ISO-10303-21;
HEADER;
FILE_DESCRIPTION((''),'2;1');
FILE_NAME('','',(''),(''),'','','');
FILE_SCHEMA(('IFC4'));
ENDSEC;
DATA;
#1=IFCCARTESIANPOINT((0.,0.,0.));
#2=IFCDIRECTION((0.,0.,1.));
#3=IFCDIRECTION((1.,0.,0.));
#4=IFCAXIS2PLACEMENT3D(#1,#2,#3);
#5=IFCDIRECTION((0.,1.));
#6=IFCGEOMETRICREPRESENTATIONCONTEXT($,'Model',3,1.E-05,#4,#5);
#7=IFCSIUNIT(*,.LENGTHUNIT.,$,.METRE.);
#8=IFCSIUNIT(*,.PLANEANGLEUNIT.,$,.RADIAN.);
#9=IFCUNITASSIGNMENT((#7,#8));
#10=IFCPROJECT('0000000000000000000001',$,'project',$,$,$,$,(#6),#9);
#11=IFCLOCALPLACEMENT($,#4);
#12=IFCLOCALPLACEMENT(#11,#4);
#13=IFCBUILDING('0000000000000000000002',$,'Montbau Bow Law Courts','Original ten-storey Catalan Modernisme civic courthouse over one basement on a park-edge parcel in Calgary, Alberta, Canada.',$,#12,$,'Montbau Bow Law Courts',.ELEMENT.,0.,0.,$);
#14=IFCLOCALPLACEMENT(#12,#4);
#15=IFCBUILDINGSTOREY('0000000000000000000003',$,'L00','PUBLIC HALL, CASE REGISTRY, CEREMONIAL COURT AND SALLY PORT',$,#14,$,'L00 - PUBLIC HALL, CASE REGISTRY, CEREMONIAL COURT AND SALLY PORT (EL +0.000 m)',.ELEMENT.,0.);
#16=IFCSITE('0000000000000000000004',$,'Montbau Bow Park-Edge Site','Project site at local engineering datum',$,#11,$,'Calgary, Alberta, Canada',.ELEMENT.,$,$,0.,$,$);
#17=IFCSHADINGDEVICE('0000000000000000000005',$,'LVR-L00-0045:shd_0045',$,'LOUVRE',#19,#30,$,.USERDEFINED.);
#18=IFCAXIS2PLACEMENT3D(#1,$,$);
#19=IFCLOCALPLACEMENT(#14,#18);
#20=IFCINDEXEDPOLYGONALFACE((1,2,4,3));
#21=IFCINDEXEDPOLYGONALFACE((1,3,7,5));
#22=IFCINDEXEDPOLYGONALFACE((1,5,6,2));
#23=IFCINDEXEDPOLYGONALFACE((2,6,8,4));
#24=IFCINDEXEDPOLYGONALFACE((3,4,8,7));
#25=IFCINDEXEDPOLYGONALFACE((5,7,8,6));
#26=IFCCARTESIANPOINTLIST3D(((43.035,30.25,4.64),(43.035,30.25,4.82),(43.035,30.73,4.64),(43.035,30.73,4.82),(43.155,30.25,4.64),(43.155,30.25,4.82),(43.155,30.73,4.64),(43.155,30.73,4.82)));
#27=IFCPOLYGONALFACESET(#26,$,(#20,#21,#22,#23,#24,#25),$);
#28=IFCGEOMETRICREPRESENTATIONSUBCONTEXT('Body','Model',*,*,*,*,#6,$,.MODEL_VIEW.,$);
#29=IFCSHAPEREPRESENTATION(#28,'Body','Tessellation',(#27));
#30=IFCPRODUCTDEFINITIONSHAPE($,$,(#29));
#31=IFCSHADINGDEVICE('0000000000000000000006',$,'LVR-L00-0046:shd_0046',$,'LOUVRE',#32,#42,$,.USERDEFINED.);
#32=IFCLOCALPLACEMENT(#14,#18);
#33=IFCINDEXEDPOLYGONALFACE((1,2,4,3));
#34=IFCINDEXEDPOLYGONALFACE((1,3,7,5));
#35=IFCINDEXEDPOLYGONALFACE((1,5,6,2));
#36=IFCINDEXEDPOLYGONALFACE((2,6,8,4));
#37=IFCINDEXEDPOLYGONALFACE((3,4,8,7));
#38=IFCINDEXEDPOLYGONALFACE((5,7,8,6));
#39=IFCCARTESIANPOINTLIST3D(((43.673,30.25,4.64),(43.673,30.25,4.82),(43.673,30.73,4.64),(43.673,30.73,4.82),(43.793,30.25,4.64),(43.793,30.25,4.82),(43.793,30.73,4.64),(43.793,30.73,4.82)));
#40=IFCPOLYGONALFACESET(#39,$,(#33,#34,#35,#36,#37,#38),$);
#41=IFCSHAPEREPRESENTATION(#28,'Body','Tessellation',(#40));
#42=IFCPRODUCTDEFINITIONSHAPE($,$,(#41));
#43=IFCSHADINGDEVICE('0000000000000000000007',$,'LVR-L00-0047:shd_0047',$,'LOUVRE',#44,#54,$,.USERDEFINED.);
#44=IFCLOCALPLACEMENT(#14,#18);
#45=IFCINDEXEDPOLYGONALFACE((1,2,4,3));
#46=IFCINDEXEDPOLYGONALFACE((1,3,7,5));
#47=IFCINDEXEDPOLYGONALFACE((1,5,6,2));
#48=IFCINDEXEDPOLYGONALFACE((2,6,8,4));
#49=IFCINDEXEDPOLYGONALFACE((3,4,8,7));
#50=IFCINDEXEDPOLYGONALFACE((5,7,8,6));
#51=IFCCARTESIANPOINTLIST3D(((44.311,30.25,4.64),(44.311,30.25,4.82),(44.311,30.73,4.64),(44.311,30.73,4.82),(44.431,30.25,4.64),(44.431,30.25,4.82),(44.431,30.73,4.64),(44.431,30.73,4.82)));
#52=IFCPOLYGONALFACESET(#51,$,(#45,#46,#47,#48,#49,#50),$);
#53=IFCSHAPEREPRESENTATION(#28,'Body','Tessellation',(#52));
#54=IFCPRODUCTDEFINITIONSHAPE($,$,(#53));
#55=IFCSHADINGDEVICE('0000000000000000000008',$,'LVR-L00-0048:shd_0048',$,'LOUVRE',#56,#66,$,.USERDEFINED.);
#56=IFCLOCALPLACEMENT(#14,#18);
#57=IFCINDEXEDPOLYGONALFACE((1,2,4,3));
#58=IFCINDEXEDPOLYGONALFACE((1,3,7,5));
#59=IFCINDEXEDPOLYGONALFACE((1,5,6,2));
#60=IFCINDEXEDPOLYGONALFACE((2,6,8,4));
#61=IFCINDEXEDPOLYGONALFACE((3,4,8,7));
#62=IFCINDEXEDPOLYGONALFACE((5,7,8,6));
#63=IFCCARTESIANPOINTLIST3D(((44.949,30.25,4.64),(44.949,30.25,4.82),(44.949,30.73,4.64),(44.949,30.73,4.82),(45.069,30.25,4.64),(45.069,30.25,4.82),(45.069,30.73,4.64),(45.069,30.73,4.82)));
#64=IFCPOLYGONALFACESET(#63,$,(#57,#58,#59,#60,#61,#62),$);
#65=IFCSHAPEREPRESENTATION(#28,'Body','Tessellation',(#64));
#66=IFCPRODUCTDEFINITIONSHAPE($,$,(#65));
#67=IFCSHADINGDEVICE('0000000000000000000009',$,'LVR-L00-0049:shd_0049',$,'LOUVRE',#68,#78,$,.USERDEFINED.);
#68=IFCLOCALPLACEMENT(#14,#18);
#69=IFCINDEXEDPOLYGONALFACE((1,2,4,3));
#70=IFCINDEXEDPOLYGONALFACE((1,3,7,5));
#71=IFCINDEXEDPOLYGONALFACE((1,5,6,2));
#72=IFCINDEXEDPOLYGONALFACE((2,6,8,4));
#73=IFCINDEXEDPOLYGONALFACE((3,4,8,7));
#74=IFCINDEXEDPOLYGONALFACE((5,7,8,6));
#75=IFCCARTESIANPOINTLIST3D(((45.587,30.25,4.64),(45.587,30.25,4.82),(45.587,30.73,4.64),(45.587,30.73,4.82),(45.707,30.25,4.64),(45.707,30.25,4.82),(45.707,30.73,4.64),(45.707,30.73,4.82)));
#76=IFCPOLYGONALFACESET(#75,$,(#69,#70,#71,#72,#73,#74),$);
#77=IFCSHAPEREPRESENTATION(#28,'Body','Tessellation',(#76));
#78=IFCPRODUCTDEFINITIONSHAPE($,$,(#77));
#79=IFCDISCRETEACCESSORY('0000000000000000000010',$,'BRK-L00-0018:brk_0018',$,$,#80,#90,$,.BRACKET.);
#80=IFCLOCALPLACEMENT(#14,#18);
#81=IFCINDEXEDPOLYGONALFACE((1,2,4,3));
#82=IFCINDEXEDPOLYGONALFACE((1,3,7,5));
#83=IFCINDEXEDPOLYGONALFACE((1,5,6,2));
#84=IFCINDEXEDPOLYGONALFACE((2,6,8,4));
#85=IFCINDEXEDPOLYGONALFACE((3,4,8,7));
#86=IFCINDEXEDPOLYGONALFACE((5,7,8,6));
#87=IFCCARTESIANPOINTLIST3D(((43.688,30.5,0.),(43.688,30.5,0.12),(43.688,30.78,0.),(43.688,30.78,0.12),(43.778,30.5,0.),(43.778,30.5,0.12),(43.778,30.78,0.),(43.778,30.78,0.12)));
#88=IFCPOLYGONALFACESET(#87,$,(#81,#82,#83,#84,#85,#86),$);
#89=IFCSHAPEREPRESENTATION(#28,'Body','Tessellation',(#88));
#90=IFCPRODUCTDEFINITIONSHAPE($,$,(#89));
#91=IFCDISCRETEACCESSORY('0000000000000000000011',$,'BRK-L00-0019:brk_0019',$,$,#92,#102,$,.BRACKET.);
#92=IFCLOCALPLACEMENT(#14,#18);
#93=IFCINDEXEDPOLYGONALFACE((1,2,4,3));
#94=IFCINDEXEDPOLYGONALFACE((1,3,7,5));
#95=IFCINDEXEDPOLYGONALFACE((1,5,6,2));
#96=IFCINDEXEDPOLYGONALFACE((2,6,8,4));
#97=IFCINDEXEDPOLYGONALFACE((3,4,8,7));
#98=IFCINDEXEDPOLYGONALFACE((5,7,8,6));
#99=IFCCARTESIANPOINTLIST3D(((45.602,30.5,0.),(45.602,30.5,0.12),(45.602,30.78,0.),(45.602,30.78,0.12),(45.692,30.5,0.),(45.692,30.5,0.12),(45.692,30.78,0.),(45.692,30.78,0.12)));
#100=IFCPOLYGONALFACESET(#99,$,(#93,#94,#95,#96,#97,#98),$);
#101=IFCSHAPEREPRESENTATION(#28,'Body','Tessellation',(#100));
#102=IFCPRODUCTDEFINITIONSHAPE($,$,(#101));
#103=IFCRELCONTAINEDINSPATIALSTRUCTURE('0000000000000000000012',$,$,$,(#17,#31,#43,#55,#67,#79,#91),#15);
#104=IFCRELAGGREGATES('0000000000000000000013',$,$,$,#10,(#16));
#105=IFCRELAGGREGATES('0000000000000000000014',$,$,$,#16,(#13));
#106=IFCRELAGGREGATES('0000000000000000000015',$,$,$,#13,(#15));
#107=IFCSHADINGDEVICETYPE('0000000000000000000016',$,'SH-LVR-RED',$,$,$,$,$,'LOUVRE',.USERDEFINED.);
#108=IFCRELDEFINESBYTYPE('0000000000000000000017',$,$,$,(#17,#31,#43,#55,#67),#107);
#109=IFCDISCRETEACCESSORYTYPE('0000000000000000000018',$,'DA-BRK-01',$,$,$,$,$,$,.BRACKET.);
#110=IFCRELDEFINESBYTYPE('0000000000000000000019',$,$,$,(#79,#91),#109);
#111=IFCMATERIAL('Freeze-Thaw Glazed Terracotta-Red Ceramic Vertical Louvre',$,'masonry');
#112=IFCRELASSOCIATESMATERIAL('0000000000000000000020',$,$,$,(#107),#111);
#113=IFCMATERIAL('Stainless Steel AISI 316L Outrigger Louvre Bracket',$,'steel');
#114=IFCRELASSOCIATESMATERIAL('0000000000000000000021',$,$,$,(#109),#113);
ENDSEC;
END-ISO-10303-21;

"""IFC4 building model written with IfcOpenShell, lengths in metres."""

from ifc_helpers import new_model, si_unit, direction, frame, origin_with_axes, origin_2d_with_axis, place, context, subcontext, project, spatial, rectangle, extrude, material, type_object, element, save


model = new_model("IFC4")

# Units and contexts
model_context = context("Model", 3, precision=1e-05, world=origin_with_axes(), true_north=direction((0.0, 1.0)))
body_context = subcontext(model_context, "Body", "Model", "MODEL_VIEW")
ifc_project = project(units=[si_unit("LENGTHUNIT", "METRE"), si_unit("PLANEANGLEUNIT", "RADIAN")], contexts=[model_context])

# Site, building, storey
site_placement = place(None, origin_with_axes())
site = spatial("IfcSite", under=ifc_project, at=site_placement, Name="Montbau Bow Park-Edge Site", Description="Project site at local engineering datum", LongName="Calgary, Alberta, Canada", CompositionType="ELEMENT", RefElevation=0.0)
building_placement = place(site_placement, origin_with_axes())
building = spatial("IfcBuilding", under=site, at=building_placement, Name="Montbau Bow Law Courts", Description="Original ten-storey Catalan Modernisme civic courthouse over one basement on a park-edge parcel in Calgary, Alberta, Canada.", LongName="Montbau Bow Law Courts", CompositionType="ELEMENT", ElevationOfRefHeight=0.0, ElevationOfTerrain=0.0)
storey_placement = place(building_placement, origin_with_axes())
storey = spatial("IfcBuildingStorey", under=building, at=storey_placement, Name="L00", Description="PUBLIC HALL, CASE REGISTRY, CEREMONIAL COURT AND SALLY PORT", LongName="L00 - PUBLIC HALL, CASE REGISTRY, CEREMONIAL COURT AND SALLY PORT (EL +0.000 m)", CompositionType="ELEMENT", Elevation=0.0)

# Shared definitions
ifc_material_1 = material(Name="Freeze-Thaw Glazed Terracotta-Red Ceramic Vertical Louvre", Category="masonry")

# Shading devices
shading_device_type = type_object("IfcShadingDeviceType", Name="SH-LVR-RED", ElementType="LOUVRE", PredefinedType="USERDEFINED", material=ifc_material_1)
for number, where, z_axis, x_axis, name in (
    (1, (43.095, 30.49, 4.64), (0.0, 0.0, 1.0), (0.0, -1.0, 0.0), "LVR-L00-0045:shd_0045"),
    (2, (43.733, 30.49, 4.64), (0.0, 0.0, 1.0), (0.0, -1.0, 0.0), "LVR-L00-0046:shd_0046"),
    (3, (44.371, 30.49, 4.64), (0.0, 0.0, 1.0), (0.0, -1.0, 0.0), "LVR-L00-0047:shd_0047"),
    (4, (45.009, 30.49, 4.64), (0.0, 0.0, 1.0), (0.0, -1.0, 0.0), "LVR-L00-0048:shd_0048"),
    (5, (45.647, 30.49, 4.64), (0.0, 0.0, 1.0), (0.0, -1.0, 0.0), "LVR-L00-0049:shd_0049"),
):
    element("IfcShadingDevice", number, at=place(None, frame(where, z_axis=z_axis, x_axis=x_axis)), inside=storey, type_object=shading_device_type, Name=name, ObjectType="LOUVRE", PredefinedType="USERDEFINED", context=body_context, shape_type="SweptSolid", body=[
        extrude(rectangle(XDim=0.48, YDim=0.12, at=origin_2d_with_axis()), origin_with_axes(), (0.0, 0.0, 1.0), 0.18),
    ])

# Discrete accessories
ifc_material_2 = material(Name="Stainless Steel AISI 316L Outrigger Louvre Bracket", Category="steel")
discrete_accessory_type = type_object("IfcDiscreteAccessoryType", Name="DA-BRK-01", PredefinedType="BRACKET", material=ifc_material_2)
for number, where, z_axis, x_axis, name in (
    (6, (43.733, 30.64, 0.0), (0.0, 0.0, 1.0), (0.0, -1.0, 0.0), "BRK-L00-0018:brk_0018"),
    (7, (45.647, 30.64, 0.0), (0.0, 0.0, 1.0), (0.0, -1.0, 0.0), "BRK-L00-0019:brk_0019"),
):
    element("IfcDiscreteAccessory", number, at=place(None, frame(where, z_axis=z_axis, x_axis=x_axis)), inside=storey, type_object=discrete_accessory_type, Name=name, PredefinedType="BRACKET", context=body_context, shape_type="SweptSolid", body=[
        extrude(rectangle(XDim=0.28, YDim=0.09, at=origin_2d_with_axis()), origin_with_axes(), (0.0, 0.0, 1.0), 0.12),
    ])

save(model, "model.ifc")
